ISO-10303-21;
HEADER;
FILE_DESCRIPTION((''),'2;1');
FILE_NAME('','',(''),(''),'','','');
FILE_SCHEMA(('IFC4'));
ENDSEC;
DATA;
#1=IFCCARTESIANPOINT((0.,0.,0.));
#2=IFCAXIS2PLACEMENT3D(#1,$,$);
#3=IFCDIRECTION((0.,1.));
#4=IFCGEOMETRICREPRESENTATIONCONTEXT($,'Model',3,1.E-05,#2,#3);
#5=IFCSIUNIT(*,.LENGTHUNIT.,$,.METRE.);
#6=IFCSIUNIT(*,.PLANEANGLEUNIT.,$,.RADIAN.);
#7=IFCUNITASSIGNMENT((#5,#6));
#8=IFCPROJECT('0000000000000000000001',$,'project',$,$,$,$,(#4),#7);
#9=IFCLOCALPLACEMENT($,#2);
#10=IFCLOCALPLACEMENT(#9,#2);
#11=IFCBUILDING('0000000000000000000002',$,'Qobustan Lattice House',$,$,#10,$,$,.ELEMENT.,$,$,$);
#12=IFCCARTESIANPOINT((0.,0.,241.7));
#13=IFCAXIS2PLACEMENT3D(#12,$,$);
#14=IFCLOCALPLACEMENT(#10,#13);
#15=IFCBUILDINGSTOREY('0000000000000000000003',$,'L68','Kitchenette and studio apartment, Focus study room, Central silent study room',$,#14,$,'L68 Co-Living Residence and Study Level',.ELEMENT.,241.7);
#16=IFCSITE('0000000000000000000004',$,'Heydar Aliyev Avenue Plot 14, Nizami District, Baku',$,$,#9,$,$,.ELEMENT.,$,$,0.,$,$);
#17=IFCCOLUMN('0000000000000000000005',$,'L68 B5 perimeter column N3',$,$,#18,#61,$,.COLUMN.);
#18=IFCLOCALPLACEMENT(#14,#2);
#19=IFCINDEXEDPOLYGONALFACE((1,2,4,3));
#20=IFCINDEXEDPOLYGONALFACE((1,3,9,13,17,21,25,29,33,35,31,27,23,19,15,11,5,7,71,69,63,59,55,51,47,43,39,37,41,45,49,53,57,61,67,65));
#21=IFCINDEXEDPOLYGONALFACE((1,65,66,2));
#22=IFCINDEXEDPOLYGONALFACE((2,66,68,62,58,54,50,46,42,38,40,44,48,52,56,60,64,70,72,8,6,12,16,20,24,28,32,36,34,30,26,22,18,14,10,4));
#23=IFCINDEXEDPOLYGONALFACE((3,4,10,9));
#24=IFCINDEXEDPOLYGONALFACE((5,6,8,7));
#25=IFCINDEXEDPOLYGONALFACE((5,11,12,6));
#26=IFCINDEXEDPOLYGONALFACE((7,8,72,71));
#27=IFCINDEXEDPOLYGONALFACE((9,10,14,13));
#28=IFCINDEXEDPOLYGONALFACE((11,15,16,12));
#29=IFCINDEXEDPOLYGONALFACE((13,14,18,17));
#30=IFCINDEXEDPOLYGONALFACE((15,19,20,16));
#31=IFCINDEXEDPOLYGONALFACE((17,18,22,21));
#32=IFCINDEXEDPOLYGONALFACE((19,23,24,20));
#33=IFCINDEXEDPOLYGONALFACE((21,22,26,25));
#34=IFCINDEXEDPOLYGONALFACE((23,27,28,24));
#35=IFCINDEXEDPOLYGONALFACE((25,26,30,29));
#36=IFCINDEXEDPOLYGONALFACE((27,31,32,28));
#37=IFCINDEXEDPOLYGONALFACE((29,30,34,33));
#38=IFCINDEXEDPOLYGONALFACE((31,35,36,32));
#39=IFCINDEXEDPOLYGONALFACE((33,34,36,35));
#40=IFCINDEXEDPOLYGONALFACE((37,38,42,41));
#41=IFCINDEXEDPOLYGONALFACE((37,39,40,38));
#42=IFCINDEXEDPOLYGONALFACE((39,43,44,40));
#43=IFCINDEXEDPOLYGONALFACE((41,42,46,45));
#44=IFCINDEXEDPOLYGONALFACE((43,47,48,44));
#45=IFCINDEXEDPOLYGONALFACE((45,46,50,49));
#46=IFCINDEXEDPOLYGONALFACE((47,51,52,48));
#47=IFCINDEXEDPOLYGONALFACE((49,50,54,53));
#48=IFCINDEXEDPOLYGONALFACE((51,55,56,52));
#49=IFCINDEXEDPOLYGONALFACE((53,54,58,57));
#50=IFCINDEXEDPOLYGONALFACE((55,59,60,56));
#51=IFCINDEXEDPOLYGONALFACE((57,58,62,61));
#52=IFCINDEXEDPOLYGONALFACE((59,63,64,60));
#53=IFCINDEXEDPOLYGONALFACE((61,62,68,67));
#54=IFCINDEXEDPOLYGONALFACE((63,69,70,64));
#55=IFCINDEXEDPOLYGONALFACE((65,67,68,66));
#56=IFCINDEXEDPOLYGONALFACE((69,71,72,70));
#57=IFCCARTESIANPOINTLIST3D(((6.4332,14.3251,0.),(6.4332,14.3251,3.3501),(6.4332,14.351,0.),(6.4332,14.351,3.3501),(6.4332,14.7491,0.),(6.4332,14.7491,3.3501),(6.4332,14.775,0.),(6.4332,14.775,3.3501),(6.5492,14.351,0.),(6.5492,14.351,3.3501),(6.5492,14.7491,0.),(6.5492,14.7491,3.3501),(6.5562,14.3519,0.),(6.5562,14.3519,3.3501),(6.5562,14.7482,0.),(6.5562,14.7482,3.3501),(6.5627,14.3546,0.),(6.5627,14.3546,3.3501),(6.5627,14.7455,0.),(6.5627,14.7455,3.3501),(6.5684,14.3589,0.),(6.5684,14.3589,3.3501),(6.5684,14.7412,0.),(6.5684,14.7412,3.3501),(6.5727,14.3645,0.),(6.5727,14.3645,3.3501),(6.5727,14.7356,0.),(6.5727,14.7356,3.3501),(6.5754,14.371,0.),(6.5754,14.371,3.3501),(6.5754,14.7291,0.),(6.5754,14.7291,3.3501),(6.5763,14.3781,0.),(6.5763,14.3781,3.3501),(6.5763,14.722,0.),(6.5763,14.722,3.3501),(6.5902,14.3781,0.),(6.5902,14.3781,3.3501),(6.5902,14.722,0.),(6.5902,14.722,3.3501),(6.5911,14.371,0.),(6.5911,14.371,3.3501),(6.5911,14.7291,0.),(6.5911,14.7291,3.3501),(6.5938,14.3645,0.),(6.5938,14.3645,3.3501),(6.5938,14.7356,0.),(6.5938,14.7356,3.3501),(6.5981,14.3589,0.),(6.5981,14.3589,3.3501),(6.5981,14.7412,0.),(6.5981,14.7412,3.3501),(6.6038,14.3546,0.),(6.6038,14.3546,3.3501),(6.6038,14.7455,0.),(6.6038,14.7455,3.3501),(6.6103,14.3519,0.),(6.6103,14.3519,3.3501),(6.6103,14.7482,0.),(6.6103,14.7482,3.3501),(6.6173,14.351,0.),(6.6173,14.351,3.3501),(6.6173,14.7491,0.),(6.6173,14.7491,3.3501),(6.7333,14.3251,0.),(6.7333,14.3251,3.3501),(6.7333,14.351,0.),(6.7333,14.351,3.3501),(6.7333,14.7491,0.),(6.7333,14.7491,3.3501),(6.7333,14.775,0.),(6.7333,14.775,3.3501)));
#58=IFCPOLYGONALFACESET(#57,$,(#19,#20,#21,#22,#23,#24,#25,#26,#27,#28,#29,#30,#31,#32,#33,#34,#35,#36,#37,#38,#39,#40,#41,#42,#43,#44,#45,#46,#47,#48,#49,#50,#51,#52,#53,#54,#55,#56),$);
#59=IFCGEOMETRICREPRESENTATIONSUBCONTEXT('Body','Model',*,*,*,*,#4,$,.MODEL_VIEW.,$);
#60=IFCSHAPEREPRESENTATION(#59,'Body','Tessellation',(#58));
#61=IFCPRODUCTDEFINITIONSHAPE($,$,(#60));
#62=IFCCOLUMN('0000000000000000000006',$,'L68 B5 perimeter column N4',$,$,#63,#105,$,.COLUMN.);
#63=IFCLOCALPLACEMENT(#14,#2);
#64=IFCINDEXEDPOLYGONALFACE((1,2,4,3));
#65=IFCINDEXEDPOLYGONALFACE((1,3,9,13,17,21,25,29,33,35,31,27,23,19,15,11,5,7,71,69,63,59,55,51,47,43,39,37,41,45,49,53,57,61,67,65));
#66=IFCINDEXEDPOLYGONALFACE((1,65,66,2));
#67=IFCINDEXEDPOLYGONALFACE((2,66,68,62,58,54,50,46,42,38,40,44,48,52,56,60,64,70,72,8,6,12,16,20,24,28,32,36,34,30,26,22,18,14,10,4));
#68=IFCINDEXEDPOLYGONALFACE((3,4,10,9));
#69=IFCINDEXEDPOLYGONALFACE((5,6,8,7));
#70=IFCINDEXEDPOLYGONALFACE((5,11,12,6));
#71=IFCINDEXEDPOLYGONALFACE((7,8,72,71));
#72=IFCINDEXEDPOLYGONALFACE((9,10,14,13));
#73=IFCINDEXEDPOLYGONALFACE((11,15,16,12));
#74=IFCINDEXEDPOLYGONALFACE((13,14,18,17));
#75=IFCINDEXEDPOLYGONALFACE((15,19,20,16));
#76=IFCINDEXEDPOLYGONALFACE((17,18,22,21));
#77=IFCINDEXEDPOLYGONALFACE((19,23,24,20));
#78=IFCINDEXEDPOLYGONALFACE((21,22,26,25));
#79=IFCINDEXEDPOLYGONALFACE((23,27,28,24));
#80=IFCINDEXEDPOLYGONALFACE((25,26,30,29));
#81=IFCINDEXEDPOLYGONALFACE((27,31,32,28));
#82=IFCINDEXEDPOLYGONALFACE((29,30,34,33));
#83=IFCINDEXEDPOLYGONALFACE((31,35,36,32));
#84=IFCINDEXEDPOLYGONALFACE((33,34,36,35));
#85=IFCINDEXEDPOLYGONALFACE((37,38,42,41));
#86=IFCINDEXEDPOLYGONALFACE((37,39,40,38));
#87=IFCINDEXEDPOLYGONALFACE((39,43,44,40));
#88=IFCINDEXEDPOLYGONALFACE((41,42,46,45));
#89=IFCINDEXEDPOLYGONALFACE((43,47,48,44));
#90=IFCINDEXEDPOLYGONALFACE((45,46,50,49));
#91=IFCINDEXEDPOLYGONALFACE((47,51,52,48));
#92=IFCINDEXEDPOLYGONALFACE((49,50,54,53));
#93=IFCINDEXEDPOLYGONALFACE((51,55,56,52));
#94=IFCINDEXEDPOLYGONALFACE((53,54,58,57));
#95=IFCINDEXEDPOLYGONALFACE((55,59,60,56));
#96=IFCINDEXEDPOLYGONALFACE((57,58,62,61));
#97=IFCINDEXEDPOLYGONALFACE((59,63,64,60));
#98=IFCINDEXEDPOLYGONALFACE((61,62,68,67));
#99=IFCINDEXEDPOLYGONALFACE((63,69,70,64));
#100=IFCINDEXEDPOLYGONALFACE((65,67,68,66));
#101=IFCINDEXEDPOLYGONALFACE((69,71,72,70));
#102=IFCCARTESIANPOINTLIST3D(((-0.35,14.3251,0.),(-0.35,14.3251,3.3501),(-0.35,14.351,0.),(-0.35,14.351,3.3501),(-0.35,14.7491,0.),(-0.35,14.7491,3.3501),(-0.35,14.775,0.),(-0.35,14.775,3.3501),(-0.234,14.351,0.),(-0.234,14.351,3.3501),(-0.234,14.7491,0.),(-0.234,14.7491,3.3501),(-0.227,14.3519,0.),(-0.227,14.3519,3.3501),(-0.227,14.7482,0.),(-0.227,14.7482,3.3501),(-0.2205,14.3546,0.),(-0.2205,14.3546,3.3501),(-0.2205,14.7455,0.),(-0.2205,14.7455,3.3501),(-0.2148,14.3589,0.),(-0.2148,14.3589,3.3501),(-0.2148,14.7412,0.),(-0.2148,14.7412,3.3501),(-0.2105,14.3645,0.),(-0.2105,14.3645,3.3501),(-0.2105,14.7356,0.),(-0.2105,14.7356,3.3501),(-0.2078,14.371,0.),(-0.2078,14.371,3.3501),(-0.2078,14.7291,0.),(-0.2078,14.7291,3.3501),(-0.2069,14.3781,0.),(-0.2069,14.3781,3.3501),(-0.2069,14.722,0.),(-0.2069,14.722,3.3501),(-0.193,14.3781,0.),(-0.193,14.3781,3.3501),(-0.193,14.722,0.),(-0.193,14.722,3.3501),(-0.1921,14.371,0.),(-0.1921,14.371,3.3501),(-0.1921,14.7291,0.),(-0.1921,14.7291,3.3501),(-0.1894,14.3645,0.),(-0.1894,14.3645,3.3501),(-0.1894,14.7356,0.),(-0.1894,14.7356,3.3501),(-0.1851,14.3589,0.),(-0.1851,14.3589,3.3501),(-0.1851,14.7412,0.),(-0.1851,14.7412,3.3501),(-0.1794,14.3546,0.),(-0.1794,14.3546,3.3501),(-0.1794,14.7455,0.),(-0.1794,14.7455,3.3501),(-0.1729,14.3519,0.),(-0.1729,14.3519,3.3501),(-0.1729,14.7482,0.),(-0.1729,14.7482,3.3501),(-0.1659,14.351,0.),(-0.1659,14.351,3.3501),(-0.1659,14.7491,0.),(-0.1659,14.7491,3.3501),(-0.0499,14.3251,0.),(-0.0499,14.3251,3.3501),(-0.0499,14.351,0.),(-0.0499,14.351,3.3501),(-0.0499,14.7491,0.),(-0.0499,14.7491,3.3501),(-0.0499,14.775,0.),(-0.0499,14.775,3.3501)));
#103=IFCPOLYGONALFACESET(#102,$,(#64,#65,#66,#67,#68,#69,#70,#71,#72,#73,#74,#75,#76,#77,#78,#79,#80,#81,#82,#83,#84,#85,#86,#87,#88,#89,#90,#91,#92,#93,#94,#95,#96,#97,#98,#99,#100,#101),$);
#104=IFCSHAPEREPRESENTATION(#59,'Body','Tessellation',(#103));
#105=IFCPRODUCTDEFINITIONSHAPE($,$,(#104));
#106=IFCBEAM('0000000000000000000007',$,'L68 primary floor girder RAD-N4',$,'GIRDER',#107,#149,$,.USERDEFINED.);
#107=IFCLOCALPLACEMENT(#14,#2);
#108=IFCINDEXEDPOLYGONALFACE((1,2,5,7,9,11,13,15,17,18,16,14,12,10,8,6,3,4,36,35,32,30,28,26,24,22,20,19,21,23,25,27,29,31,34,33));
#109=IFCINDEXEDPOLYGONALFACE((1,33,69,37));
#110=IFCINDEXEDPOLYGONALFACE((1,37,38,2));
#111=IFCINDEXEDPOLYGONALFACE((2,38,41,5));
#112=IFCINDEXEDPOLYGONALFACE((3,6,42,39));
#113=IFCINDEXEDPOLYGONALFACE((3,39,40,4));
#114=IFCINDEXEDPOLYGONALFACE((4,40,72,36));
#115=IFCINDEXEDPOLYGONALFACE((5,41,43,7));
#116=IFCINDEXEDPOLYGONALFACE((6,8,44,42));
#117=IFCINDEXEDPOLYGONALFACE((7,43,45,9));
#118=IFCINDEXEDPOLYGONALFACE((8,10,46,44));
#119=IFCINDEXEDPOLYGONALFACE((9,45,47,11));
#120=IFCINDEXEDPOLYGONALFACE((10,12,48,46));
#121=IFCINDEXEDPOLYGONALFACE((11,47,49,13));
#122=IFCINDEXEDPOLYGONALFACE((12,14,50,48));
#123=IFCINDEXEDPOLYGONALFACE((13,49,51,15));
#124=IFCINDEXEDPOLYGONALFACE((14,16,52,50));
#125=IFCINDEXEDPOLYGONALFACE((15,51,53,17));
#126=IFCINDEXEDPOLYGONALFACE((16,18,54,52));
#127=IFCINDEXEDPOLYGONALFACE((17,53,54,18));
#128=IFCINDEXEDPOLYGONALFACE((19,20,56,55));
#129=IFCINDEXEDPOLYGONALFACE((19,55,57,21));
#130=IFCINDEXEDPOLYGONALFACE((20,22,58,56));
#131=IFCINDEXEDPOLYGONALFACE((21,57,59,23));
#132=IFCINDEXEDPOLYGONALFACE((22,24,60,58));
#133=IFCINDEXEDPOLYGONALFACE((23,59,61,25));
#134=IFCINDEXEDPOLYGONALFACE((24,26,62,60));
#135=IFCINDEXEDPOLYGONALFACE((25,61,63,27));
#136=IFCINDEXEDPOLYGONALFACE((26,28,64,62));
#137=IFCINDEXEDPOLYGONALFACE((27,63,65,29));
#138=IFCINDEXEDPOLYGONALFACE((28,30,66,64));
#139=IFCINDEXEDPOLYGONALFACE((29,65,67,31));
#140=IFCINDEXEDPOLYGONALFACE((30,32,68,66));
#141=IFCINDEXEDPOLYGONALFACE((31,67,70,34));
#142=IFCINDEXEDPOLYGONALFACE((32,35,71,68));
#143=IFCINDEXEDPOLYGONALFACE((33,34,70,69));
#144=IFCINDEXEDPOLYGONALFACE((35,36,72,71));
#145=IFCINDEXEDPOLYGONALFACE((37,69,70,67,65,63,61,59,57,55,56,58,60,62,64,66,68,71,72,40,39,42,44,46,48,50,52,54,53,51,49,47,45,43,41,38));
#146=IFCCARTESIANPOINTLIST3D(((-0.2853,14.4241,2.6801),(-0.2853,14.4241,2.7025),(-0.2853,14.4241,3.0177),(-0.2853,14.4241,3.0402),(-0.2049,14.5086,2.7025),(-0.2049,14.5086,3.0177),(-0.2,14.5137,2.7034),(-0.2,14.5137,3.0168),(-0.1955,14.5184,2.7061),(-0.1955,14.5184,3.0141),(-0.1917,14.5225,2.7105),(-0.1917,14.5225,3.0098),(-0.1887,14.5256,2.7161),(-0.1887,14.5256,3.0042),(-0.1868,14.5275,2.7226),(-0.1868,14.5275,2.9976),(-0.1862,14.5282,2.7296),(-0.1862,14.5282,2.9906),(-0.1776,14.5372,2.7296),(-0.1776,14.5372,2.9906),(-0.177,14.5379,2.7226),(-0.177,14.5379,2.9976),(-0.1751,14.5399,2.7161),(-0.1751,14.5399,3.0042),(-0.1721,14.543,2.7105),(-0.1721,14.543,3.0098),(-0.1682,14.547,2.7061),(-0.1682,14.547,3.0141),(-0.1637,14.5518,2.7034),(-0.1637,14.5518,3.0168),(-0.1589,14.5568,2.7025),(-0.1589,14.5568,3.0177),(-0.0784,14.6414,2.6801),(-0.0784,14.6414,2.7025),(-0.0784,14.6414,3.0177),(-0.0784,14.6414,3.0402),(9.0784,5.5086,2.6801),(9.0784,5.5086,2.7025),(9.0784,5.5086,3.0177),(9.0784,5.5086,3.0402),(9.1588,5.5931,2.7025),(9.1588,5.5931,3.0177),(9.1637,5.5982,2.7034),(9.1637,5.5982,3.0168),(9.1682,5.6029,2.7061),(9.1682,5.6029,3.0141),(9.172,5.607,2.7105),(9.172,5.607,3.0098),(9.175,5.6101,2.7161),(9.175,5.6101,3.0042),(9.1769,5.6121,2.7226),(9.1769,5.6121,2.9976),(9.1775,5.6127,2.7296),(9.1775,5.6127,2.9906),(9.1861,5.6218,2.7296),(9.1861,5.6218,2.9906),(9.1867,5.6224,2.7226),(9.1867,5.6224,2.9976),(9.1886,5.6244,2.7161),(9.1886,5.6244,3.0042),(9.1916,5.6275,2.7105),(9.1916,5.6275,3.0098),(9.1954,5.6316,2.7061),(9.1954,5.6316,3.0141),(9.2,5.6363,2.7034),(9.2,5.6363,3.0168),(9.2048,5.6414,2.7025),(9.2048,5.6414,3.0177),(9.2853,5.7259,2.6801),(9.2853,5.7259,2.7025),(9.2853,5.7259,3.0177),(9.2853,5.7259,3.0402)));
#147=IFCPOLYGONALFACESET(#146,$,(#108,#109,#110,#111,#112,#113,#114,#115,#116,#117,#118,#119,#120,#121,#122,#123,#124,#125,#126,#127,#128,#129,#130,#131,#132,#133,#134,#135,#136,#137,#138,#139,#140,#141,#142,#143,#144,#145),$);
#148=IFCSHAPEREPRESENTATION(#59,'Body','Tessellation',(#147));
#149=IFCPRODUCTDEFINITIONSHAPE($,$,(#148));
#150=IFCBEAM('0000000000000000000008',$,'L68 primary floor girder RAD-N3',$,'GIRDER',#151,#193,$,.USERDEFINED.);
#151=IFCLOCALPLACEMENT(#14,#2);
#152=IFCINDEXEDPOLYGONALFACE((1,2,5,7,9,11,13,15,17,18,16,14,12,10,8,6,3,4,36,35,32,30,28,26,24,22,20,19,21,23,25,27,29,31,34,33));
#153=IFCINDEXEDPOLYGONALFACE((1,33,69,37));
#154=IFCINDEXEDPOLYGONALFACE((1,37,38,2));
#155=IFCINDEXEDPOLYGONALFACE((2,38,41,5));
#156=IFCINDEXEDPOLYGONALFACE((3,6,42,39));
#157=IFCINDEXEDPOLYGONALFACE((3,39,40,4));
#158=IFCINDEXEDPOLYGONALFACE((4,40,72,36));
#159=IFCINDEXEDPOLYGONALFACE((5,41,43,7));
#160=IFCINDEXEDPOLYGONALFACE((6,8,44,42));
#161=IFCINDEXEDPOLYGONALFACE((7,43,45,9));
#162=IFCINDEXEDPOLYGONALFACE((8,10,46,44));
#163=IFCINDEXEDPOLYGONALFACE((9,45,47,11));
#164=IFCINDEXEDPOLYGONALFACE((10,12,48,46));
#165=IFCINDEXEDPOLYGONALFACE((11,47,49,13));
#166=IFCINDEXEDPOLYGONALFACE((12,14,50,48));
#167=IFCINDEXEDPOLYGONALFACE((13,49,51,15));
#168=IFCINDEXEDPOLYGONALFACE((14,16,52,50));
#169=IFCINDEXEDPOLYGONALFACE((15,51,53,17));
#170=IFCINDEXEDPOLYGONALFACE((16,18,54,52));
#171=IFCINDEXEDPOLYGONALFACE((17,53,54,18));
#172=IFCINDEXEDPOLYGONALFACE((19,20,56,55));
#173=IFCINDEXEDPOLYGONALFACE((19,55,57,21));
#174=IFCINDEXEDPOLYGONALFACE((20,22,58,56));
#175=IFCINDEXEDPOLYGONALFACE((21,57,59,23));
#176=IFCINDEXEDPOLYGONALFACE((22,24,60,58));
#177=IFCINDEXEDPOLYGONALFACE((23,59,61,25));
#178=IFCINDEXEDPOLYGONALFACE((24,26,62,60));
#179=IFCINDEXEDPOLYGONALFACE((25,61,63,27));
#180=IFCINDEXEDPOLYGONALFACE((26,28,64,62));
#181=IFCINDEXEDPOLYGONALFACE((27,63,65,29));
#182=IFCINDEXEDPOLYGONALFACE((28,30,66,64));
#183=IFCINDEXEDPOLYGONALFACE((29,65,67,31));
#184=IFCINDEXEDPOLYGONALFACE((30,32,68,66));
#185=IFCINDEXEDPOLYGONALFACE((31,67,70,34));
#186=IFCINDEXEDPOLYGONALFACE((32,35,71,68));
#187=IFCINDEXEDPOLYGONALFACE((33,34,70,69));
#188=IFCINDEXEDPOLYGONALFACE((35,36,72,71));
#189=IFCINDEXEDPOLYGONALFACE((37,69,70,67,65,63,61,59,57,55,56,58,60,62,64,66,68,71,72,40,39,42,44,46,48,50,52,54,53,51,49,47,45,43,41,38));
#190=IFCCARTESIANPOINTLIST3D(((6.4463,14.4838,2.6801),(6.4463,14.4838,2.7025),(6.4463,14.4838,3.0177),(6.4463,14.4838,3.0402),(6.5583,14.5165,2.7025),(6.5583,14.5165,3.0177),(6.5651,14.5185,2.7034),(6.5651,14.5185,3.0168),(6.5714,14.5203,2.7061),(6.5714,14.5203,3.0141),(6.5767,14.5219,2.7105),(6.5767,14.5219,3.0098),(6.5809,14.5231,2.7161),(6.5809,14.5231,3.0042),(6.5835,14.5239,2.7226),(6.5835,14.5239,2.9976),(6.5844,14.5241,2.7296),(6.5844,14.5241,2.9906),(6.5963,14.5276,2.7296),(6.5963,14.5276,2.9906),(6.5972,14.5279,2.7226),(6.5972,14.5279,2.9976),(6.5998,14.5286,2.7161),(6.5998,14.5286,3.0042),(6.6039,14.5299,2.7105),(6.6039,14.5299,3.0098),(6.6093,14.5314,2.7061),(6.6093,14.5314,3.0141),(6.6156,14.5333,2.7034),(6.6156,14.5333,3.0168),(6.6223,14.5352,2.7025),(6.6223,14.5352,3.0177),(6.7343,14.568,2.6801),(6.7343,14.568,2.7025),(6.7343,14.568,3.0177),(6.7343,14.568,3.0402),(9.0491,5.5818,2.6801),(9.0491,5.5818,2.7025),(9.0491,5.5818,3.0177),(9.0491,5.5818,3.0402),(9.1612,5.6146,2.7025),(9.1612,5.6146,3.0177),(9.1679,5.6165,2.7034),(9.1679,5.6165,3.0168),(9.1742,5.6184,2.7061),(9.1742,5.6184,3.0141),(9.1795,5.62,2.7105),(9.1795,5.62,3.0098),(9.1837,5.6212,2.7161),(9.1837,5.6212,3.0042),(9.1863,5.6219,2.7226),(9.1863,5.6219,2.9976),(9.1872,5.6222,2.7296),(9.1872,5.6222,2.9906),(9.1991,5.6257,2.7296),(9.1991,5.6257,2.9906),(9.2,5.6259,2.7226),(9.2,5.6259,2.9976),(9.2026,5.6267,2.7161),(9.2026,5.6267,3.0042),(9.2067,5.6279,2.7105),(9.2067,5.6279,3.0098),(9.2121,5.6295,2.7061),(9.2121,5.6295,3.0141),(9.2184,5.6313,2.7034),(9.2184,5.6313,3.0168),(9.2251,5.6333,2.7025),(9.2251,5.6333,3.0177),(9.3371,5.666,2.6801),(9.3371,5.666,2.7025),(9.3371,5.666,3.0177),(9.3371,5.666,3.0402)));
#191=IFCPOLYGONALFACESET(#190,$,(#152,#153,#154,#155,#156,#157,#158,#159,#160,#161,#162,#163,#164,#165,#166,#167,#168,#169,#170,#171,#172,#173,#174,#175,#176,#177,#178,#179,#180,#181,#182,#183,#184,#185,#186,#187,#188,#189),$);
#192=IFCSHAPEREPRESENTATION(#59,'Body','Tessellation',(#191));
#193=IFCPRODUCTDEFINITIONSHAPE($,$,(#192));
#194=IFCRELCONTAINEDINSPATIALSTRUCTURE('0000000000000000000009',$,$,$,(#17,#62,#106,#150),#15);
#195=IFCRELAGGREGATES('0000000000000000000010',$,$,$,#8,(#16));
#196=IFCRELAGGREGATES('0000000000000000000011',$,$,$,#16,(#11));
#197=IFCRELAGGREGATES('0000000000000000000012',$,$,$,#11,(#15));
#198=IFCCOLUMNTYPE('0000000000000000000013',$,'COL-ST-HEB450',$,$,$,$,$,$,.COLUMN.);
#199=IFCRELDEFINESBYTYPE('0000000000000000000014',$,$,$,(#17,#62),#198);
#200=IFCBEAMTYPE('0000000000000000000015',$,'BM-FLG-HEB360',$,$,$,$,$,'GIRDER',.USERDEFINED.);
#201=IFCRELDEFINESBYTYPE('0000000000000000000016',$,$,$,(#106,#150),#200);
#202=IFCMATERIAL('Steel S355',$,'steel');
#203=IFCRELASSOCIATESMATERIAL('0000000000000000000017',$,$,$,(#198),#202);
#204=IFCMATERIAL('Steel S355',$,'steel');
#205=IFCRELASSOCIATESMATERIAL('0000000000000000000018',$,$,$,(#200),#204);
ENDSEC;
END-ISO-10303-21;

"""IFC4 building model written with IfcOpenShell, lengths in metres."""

from ifc_helpers import new_model, si_unit, direction, frame, origin, origin_2d, place, context, subcontext, project, spatial, i_section, extrude, material, material_profile, profile_set, type_object, element, save


model = new_model("IFC4")

# Units and contexts
model_context = context("Model", 3, precision=1e-05, world=origin(), true_north=direction((0.0, 1.0)))
body_context = subcontext(model_context, "Body", "Model", "MODEL_VIEW")
ifc_project = project(units=[si_unit("LENGTHUNIT", "METRE"), si_unit("PLANEANGLEUNIT", "RADIAN")], contexts=[model_context])

# Site, building, storey
site_placement = place(None, origin())
site = spatial("IfcSite", under=ifc_project, at=site_placement, Name="Heydar Aliyev Avenue Plot 14, Nizami District, Baku", CompositionType="ELEMENT", RefElevation=0.0)
building_placement = place(site_placement, origin())
building = spatial("IfcBuilding", under=site, at=building_placement, Name="Qobustan Lattice House", CompositionType="ELEMENT")
storey_placement = place(building_placement, frame((0.0, 0.0, 241.7)))
storey = spatial("IfcBuildingStorey", under=building, at=storey_placement, Name="L68", Description="Kitchenette and studio apartment, Focus study room, Central silent study room", LongName="L68 Co-Living Residence and Study Level", CompositionType="ELEMENT", Elevation=241.7)

# Columns
ifc_material_1 = material(Name="Steel S355", Category="steel")
ifc_material_profile_1 = material_profile(ifc_material_1, i_section(OverallWidth=0.3, OverallDepth=0.45, WebThickness=0.0139, FlangeThickness=0.0259, FilletRadius=0.0271, at=origin_2d()), Name="HEB450")
ifc_profile_set_1 = profile_set([ifc_material_profile_1], Name="Steel S355")
column_type = type_object("IfcColumnType", Name="COL-ST-HEB450", PredefinedType="COLUMN", material=ifc_profile_set_1)
for number, where, z_axis, x_axis, name in (
    (1, (6.5833, 14.55, 0.0), (0.0, 0.0, 1.0), (1.0, 0.0, 0.0), "L68 B5 perimeter column N3"),
    (2, (-0.2, 14.55, 0.0), (0.0, 0.0, 1.0), (1.0, 0.0, 0.0), "L68 B5 perimeter column N4"),
):
    element("IfcColumn", number, at=place(storey_placement, frame(where, z_axis=z_axis, x_axis=x_axis)), inside=storey, type_object=column_type, Name=name, PredefinedType="COLUMN", context=body_context, shape_type="SweptSolid", body=[
        extrude(i_section(OverallWidth=0.3, OverallDepth=0.45, WebThickness=0.0139, FlangeThickness=0.0259, FilletRadius=0.0271, at=origin_2d()), origin(), (0.0, 0.0, 1.0), 3.3501),
    ])

# Beams
ifc_material_2 = material(Name="Steel S355", Category="steel")
ifc_material_profile_2 = material_profile(ifc_material_2, i_section(OverallWidth=0.3, OverallDepth=0.3601, WebThickness=0.0125, FlangeThickness=0.0225, FilletRadius=0.0271, at=origin_2d()), Name="HEB360")
ifc_profile_set_2 = profile_set([ifc_material_profile_2], Name="Steel S355")
beam_type_1 = type_object("IfcBeamType", Name="BM-FLG-HEB360", ElementType="GIRDER", PredefinedType="USERDEFINED", material=ifc_profile_set_2)
beam_1_placement = place(storey_placement, frame((-0.1819, 14.5327, 2.8601), z_axis=(0.724229, -0.68956, 0.0), x_axis=(0.68956, 0.724229, 0.0)))
element("IfcBeam", 3, at=beam_1_placement, inside=storey, type_object=beam_type_1, Name="L68 primary floor girder RAD-N4", ObjectType="GIRDER", PredefinedType="USERDEFINED", context=body_context, shape_type="SweptSolid", body=[
    extrude(i_section(OverallWidth=0.3, OverallDepth=0.3601, WebThickness=0.0125, FlangeThickness=0.0225, FilletRadius=0.0271, at=origin_2d()), origin(), (0.0, 0.0, 1.0), 12.9292),
])
beam_2_placement = place(storey_placement, frame((6.5903, 14.5259, 2.8601), z_axis=(0.280637, -0.959814, 0.0), x_axis=(0.959814, 0.280637, 0.0)))
element("IfcBeam", 4, at=beam_2_placement, inside=storey, type_object=beam_type_1, Name="L68 primary floor girder RAD-N3", ObjectType="GIRDER", PredefinedType="USERDEFINED", context=body_context, shape_type="SweptSolid", body=[
    extrude(i_section(OverallWidth=0.3, OverallDepth=0.3601, WebThickness=0.0125, FlangeThickness=0.0225, FilletRadius=0.0271, at=origin_2d()), origin(), (0.0, 0.0, 1.0), 9.2747),
])

save(model, "model.ifc")
